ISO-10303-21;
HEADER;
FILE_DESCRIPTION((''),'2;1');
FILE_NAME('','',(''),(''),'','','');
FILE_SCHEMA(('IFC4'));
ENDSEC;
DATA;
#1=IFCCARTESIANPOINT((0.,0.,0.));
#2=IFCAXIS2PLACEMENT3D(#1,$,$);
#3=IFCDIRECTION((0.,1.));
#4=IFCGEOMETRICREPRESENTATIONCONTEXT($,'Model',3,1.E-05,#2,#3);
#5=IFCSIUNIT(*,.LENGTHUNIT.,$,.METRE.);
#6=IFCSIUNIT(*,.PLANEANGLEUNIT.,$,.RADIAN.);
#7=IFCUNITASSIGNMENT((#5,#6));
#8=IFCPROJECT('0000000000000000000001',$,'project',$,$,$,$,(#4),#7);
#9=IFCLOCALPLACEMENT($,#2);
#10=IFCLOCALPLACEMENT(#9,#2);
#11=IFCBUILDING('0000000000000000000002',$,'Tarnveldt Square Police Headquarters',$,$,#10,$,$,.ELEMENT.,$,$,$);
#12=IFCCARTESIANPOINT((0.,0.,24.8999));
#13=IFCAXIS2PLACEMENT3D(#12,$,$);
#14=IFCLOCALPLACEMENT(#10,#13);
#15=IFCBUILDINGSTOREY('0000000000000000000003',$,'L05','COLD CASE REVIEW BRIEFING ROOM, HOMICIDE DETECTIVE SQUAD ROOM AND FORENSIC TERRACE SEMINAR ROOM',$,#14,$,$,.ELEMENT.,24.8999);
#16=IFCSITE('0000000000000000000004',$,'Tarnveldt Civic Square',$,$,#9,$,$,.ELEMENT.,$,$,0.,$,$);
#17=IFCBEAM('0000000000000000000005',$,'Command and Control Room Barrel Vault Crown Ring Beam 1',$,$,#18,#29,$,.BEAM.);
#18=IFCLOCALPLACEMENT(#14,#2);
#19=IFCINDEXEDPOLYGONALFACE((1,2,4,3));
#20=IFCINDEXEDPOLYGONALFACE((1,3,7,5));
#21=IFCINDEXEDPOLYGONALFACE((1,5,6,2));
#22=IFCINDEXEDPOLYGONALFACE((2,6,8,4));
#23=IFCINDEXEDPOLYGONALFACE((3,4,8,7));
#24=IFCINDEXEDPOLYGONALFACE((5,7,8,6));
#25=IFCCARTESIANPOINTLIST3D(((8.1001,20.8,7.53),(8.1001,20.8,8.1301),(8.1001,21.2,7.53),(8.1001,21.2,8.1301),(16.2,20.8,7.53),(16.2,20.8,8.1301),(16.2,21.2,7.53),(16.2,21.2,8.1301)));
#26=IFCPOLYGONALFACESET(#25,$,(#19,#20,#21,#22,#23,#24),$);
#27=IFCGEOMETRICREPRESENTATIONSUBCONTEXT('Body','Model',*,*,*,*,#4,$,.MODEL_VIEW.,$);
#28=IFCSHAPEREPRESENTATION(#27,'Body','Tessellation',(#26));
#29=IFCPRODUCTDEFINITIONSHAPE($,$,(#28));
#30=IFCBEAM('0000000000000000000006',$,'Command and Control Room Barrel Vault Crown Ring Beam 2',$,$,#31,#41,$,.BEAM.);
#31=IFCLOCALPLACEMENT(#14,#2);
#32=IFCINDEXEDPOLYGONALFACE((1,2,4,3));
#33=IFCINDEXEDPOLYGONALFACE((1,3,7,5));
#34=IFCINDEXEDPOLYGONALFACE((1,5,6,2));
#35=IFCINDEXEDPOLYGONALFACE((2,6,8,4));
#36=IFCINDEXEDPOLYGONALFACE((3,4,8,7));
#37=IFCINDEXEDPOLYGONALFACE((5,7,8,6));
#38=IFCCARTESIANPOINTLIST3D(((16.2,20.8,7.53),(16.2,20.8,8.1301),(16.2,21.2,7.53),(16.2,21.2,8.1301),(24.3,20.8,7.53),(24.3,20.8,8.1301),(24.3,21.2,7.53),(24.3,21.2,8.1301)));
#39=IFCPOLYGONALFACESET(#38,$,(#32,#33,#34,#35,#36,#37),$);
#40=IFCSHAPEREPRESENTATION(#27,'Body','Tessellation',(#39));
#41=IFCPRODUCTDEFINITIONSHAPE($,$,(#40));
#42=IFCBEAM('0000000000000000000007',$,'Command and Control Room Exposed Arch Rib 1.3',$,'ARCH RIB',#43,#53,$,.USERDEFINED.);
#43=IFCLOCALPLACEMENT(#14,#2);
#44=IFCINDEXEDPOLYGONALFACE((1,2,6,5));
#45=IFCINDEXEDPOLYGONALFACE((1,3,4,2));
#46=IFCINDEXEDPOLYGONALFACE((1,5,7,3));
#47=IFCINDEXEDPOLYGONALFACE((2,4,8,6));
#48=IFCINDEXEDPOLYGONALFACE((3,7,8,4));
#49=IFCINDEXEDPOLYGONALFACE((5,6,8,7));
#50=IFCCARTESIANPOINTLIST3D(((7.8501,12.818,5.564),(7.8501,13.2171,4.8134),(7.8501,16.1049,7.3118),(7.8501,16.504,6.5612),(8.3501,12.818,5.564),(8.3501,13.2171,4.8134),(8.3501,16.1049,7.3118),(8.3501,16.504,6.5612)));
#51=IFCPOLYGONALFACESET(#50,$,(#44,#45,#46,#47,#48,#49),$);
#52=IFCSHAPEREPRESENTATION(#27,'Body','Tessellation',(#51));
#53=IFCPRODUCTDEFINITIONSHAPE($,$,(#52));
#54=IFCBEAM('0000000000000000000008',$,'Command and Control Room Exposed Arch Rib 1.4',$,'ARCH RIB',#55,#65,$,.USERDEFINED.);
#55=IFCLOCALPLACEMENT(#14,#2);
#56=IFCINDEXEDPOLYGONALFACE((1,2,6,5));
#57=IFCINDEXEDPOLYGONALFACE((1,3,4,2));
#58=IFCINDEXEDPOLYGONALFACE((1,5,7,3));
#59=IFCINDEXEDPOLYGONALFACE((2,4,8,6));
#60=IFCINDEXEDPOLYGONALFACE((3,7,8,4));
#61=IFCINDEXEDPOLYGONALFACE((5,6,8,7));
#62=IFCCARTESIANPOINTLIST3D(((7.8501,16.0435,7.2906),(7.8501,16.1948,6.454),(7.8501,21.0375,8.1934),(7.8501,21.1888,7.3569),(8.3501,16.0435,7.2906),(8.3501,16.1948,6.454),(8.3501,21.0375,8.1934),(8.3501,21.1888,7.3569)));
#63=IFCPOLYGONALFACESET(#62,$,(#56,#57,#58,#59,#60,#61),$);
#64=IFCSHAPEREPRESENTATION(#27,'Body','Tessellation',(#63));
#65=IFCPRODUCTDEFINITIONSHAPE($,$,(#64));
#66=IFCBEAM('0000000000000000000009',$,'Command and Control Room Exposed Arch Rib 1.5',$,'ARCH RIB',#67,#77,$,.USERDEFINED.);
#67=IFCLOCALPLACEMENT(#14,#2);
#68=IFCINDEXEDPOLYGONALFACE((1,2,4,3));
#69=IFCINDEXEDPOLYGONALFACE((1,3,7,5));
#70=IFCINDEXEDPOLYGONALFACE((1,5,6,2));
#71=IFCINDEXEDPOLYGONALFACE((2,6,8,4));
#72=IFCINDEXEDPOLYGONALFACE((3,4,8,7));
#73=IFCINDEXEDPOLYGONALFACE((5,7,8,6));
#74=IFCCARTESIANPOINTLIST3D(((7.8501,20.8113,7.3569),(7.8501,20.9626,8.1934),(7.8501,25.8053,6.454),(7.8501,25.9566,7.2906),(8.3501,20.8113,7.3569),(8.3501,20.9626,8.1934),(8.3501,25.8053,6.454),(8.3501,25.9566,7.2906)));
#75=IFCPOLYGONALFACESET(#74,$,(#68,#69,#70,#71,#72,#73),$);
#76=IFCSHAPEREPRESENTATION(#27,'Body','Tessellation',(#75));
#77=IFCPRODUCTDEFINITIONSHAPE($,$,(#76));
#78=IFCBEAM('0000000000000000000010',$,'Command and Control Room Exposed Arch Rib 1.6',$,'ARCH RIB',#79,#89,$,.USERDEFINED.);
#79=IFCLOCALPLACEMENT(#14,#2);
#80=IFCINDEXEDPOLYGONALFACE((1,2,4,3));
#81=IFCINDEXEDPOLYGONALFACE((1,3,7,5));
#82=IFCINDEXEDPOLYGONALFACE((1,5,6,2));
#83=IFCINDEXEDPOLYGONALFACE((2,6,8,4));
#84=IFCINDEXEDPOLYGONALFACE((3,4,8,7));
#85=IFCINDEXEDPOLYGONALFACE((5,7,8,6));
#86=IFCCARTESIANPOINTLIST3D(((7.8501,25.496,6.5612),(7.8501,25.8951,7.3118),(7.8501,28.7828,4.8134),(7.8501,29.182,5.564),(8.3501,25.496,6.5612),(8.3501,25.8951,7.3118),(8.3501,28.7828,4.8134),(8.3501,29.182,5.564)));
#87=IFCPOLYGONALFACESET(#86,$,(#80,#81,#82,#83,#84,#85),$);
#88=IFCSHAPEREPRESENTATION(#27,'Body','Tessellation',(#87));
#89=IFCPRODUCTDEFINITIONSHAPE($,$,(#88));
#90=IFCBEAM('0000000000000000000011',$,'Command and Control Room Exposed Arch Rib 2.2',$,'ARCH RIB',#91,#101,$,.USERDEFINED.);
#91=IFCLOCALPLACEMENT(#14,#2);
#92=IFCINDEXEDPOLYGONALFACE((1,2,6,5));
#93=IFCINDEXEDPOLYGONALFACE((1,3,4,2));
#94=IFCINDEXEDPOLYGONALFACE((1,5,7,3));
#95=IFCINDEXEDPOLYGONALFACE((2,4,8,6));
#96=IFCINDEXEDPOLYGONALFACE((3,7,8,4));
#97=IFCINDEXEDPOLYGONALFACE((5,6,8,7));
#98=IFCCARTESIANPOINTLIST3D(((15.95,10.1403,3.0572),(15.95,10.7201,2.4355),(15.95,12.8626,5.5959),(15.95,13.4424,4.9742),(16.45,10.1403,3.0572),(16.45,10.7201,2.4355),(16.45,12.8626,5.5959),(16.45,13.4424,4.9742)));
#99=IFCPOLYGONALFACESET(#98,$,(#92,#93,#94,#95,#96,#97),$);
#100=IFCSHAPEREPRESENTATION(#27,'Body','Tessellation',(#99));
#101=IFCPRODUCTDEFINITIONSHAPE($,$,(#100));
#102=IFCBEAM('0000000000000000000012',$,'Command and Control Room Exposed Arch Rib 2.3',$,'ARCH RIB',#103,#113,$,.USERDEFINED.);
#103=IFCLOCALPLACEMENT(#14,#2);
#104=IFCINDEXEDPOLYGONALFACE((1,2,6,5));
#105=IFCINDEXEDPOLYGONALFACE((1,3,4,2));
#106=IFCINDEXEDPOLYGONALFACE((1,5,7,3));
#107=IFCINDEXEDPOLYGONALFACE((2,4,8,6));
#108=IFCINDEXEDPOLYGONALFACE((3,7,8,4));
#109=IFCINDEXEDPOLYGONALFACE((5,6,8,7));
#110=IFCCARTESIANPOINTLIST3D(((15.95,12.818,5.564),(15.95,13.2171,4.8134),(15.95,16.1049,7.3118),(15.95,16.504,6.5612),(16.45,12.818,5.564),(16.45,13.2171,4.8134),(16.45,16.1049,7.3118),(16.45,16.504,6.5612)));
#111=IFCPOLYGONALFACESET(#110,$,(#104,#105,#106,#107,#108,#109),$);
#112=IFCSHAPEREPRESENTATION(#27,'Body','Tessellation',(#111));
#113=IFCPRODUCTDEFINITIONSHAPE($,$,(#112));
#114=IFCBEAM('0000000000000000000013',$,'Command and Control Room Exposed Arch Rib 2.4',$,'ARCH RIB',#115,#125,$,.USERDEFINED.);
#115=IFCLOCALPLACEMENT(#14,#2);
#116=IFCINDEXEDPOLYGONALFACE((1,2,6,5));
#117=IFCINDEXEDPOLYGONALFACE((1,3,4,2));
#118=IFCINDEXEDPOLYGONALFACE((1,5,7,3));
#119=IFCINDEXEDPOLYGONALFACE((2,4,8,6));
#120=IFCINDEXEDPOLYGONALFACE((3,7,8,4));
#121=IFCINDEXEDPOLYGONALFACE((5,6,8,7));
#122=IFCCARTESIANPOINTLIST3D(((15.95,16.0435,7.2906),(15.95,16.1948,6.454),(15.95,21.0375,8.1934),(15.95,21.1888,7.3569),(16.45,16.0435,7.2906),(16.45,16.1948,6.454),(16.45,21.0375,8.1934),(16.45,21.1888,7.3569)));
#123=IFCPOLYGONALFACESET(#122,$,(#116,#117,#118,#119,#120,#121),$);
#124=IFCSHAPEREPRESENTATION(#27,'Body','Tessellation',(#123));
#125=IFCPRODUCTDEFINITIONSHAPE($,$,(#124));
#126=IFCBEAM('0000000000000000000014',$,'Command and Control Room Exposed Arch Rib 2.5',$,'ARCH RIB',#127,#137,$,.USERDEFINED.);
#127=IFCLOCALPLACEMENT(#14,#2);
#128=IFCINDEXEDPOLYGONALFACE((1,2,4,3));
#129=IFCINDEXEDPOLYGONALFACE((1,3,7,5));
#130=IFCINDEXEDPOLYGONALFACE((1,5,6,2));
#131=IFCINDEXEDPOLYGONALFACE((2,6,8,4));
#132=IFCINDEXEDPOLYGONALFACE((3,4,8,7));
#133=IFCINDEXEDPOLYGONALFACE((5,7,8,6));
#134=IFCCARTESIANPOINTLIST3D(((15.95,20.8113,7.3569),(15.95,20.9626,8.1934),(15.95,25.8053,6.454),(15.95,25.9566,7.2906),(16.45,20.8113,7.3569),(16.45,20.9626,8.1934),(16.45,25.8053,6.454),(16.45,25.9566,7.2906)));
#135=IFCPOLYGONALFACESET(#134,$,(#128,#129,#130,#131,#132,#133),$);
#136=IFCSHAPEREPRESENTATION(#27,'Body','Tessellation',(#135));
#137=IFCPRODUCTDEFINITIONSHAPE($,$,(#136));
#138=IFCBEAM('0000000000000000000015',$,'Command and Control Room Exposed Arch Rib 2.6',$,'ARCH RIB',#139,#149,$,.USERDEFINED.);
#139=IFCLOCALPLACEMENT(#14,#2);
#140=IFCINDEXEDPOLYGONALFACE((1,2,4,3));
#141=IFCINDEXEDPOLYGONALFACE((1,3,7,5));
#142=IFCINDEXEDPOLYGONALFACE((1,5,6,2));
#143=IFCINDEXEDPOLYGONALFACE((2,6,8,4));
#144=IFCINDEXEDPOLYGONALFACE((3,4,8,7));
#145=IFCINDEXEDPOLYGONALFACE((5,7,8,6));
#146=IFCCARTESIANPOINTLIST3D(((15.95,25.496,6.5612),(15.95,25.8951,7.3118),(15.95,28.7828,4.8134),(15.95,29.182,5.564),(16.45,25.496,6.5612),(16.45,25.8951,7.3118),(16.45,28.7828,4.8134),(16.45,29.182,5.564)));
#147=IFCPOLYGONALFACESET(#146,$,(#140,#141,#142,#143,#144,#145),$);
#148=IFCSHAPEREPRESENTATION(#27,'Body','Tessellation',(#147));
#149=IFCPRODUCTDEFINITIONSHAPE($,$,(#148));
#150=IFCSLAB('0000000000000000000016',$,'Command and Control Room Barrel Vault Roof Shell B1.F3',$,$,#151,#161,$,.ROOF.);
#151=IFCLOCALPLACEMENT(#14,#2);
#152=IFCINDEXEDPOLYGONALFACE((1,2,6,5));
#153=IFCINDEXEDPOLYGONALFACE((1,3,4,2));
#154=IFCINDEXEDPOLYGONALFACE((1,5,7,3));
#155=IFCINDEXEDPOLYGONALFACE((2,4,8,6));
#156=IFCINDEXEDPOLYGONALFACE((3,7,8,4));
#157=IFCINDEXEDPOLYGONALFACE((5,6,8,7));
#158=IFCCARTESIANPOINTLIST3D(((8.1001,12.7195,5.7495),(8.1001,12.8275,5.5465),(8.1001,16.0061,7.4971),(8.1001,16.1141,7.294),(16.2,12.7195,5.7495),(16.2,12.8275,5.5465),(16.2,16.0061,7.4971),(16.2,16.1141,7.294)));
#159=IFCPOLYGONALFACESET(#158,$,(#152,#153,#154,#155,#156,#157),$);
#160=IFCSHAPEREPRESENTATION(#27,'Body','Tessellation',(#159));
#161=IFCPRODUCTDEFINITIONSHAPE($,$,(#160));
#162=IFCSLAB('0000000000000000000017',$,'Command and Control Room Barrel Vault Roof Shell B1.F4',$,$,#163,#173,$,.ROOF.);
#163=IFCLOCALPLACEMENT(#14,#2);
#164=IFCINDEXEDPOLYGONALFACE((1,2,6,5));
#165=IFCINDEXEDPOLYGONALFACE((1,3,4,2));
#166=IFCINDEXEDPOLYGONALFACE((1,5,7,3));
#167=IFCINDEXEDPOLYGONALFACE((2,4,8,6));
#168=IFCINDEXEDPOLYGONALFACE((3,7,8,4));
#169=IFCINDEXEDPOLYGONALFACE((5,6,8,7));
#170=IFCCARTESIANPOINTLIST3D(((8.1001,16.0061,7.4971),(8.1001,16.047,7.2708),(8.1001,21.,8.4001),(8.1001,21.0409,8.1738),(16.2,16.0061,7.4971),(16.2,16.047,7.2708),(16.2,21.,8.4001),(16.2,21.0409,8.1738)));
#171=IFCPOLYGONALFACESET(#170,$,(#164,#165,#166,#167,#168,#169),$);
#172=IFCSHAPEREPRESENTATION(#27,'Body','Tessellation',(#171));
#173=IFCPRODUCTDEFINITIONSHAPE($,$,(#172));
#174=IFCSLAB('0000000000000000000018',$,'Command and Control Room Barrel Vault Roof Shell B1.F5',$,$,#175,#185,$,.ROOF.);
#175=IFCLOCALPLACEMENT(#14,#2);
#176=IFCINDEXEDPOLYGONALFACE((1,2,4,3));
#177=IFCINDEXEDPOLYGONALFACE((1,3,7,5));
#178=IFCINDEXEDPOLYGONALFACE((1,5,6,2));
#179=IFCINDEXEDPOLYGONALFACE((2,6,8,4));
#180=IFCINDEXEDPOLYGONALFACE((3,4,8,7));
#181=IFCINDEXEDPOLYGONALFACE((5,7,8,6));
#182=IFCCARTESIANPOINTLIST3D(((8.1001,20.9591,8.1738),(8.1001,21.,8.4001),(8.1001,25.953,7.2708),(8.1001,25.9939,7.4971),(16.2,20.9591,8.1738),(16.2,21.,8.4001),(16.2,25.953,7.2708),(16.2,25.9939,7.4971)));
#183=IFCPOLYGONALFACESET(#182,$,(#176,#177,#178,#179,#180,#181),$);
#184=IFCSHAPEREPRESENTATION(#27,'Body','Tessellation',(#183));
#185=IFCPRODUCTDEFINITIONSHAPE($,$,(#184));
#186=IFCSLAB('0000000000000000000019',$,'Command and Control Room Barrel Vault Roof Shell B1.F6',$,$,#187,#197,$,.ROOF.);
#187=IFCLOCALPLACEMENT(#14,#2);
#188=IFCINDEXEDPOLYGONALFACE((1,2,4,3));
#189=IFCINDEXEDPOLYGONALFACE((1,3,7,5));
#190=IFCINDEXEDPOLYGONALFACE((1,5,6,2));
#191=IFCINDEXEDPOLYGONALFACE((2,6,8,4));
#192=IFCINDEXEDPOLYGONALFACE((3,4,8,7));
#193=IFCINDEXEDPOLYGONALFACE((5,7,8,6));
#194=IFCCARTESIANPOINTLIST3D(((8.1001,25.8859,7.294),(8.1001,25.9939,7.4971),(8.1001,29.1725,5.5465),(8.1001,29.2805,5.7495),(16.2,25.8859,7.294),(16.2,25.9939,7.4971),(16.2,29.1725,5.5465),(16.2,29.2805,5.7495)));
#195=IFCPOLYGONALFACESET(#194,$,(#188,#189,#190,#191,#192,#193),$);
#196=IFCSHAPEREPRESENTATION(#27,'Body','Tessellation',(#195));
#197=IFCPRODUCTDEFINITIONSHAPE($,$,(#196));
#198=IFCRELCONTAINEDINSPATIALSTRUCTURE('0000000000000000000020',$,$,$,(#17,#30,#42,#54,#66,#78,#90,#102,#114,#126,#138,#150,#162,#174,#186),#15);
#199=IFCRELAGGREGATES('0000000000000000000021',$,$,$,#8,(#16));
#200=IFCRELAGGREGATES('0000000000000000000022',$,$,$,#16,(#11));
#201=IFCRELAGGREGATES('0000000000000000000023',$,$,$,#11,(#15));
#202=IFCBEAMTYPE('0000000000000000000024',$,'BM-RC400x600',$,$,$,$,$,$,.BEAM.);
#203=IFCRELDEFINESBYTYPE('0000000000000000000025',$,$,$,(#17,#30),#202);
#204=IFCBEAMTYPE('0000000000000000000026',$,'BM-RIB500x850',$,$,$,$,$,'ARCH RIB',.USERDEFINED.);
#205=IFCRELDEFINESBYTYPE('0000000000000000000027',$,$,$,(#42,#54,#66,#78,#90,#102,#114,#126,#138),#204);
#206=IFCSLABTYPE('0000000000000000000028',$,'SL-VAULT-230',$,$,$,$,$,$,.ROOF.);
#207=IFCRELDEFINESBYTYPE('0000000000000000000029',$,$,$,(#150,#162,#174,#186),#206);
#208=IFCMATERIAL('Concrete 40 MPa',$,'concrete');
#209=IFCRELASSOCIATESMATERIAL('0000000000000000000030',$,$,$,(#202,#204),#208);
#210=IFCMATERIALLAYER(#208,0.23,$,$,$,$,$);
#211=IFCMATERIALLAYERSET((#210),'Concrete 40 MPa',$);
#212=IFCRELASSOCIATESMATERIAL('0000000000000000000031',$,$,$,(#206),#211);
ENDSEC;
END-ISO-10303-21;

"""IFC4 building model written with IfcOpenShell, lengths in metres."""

from ifc_helpers import new_model, si_unit, direction, frame, origin, origin_2d, place, context, subcontext, project, spatial, polyline, rectangle, outline, extrude, material, layer, layer_set, material_profile, profile_set, type_object, element, save


model = new_model("IFC4")

# Units and contexts
model_context = context("Model", 3, precision=1e-05, world=origin(), true_north=direction((0.0, 1.0)))
body_context = subcontext(model_context, "Body", "Model", "MODEL_VIEW")
ifc_project = project(units=[si_unit("LENGTHUNIT", "METRE"), si_unit("PLANEANGLEUNIT", "RADIAN")], contexts=[model_context])

# Site, building, storey
site_placement = place(None, origin())
site = spatial("IfcSite", under=ifc_project, at=site_placement, Name="Tarnveldt Civic Square", CompositionType="ELEMENT", RefElevation=0.0)
building_placement = place(site_placement, origin())
building = spatial("IfcBuilding", under=site, at=building_placement, Name="Tarnveldt Square Police Headquarters", CompositionType="ELEMENT")
storey_placement = place(building_placement, frame((0.0, 0.0, 24.8999)))
storey = spatial("IfcBuildingStorey", under=building, at=storey_placement, Name="L05", Description="COLD CASE REVIEW BRIEFING ROOM, HOMICIDE DETECTIVE SQUAD ROOM AND FORENSIC TERRACE SEMINAR ROOM", CompositionType="ELEMENT", Elevation=24.8999)

# Beams
ifc_material = material(Name="Concrete 40 MPa", Category="concrete")
ifc_material_profile_1 = material_profile(ifc_material, rectangle(XDim=0.3999, YDim=0.6001, at=origin_2d()), Name="RC-B400x600")
ifc_profile_set_1 = profile_set([ifc_material_profile_1], Name="Concrete 40 MPa")
beam_type_1 = type_object("IfcBeamType", Name="BM-RC400x600", PredefinedType="BEAM", material=ifc_profile_set_1)
beam_1_placement = place(storey_placement, frame((8.1001, 21.0, 7.8301), z_axis=(1.0, 0.0, 0.0), x_axis=(0.0, 1.0, 0.0)))
element("IfcBeam", 1, at=beam_1_placement, inside=storey, type_object=beam_type_1, Name="Command and Control Room Barrel Vault Crown Ring Beam 1", PredefinedType="BEAM", context=body_context, shape_type="SweptSolid", body=[
    extrude(rectangle(XDim=0.3999, YDim=0.6001, at=origin_2d()), origin(), (0.0, 0.0, 1.0), 8.0999),
])
beam_2_placement = place(storey_placement, frame((16.2, 21.0, 7.8301), z_axis=(1.0, 0.0, 0.0), x_axis=(0.0, 1.0, 0.0)))
element("IfcBeam", 2, at=beam_2_placement, inside=storey, type_object=beam_type_1, Name="Command and Control Room Barrel Vault Crown Ring Beam 2", PredefinedType="BEAM", context=body_context, shape_type="SweptSolid", body=[
    extrude(rectangle(XDim=0.3999, YDim=0.6001, at=origin_2d()), origin(), (0.0, 0.0, 1.0), 8.1001),
])
ifc_material_profile_2 = material_profile(ifc_material, rectangle(XDim=0.5, YDim=0.8501, at=origin_2d()), Name="RC-RIB500x850")
ifc_profile_set_2 = profile_set([ifc_material_profile_2], Name="Concrete 40 MPa")
beam_type_2 = type_object("IfcBeamType", Name="BM-RIB500x850", ElementType="ARCH RIB", PredefinedType="USERDEFINED", material=ifc_profile_set_2)
beam_3_placement = place(storey_placement, frame((8.1001, 13.0176, 5.1887), z_axis=(0.0, 0.882931, 0.469502), x_axis=(-1.0, 0.0, 0.0)))
element("IfcBeam", 3, at=beam_3_placement, inside=storey, type_object=beam_type_2, Name="Command and Control Room Exposed Arch Rib 1.3", ObjectType="ARCH RIB", PredefinedType="USERDEFINED", context=body_context, shape_type="SweptSolid", body=[
    extrude(rectangle(XDim=0.5, YDim=0.8501, at=origin_2d()), origin(), (0.0, 0.0, 1.0), 3.7227),
])
for number, where, z_axis, x_axis, name in (
    (4, (8.1001, 16.1191, 6.8723), (0.0, 0.984048, 0.177903), (-1.0, 0.0, 0.0), "Command and Control Room Exposed Arch Rib 1.4"),
    (5, (8.1001, 20.887, 7.7751), (0.0, 0.984048, -0.177903), (-1.0, 0.0, 0.0), "Command and Control Room Exposed Arch Rib 1.5"),
):
    element("IfcBeam", number, at=place(storey_placement, frame(where, z_axis=z_axis, x_axis=x_axis)), inside=storey, type_object=beam_type_2, Name=name, ObjectType="ARCH RIB", PredefinedType="USERDEFINED", context=body_context, shape_type="SweptSolid", body=[
        extrude(rectangle(XDim=0.5, YDim=0.8501, at=origin_2d()), origin(), (0.0, 0.0, 1.0), 5.075),
    ])
beam_4_placement = place(storey_placement, frame((8.1001, 25.6956, 6.9365), z_axis=(0.0, 0.882931, -0.469502), x_axis=(-1.0, 0.0, 0.0)))
element("IfcBeam", 6, at=beam_4_placement, inside=storey, type_object=beam_type_2, Name="Command and Control Room Exposed Arch Rib 1.6", ObjectType="ARCH RIB", PredefinedType="USERDEFINED", context=body_context, shape_type="SweptSolid", body=[
    extrude(rectangle(XDim=0.5, YDim=0.8501, at=origin_2d()), origin(), (0.0, 0.0, 1.0), 3.7227),
])
beam_5_placement = place(storey_placement, frame((16.2, 10.4302, 2.7463), z_axis=(0.0, 0.731337, 0.682017), x_axis=(-1.0, 0.0, 0.0)))
element("IfcBeam", 7, at=beam_5_placement, inside=storey, type_object=beam_type_2, Name="Command and Control Room Exposed Arch Rib 2.2", ObjectType="ARCH RIB", PredefinedType="USERDEFINED", context=body_context, shape_type="SweptSolid", body=[
    extrude(rectangle(XDim=0.5, YDim=0.8501, at=origin_2d()), origin(), (0.0, 0.0, 1.0), 3.7224),
])
beam_6_placement = place(storey_placement, frame((16.2, 13.0176, 5.1887), z_axis=(0.0, 0.882931, 0.469502), x_axis=(-1.0, 0.0, 0.0)))
element("IfcBeam", 8, at=beam_6_placement, inside=storey, type_object=beam_type_2, Name="Command and Control Room Exposed Arch Rib 2.3", ObjectType="ARCH RIB", PredefinedType="USERDEFINED", context=body_context, shape_type="SweptSolid", body=[
    extrude(rectangle(XDim=0.5, YDim=0.8501, at=origin_2d()), origin(), (0.0, 0.0, 1.0), 3.7227),
])
for number, where, z_axis, x_axis, name in (
    (9, (16.2, 16.1191, 6.8723), (0.0, 0.984048, 0.177903), (-1.0, 0.0, 0.0), "Command and Control Room Exposed Arch Rib 2.4"),
    (10, (16.2, 20.887, 7.7751), (0.0, 0.984048, -0.177903), (-1.0, 0.0, 0.0), "Command and Control Room Exposed Arch Rib 2.5"),
):
    element("IfcBeam", number, at=place(storey_placement, frame(where, z_axis=z_axis, x_axis=x_axis)), inside=storey, type_object=beam_type_2, Name=name, ObjectType="ARCH RIB", PredefinedType="USERDEFINED", context=body_context, shape_type="SweptSolid", body=[
        extrude(rectangle(XDim=0.5, YDim=0.8501, at=origin_2d()), origin(), (0.0, 0.0, 1.0), 5.075),
    ])
beam_7_placement = place(storey_placement, frame((16.2, 25.6956, 6.9365), z_axis=(0.0, 0.882931, -0.469502), x_axis=(-1.0, 0.0, 0.0)))
element("IfcBeam", 11, at=beam_7_placement, inside=storey, type_object=beam_type_2, Name="Command and Control Room Exposed Arch Rib 2.6", ObjectType="ARCH RIB", PredefinedType="USERDEFINED", context=body_context, shape_type="SweptSolid", body=[
    extrude(rectangle(XDim=0.5, YDim=0.8501, at=origin_2d()), origin(), (0.0, 0.0, 1.0), 3.7227),
])

# Slabs
ifc_layer = layer(ifc_material, 0.23)
ifc_layer_set = layer_set([ifc_layer], Name="Concrete 40 MPa")
slab_type = type_object("IfcSlabType", Name="SL-VAULT-230", PredefinedType="ROOF", material=ifc_layer_set)
slab_1_placement = place(storey_placement, frame((8.1001, 12.7195, 5.7495), z_axis=(0.0, -0.469478, 0.882944), x_axis=(1.0, 0.0, 0.0)))
element("IfcSlab", 12, at=slab_1_placement, inside=storey, type_object=slab_type, Name="Command and Control Room Barrel Vault Roof Shell B1.F3", PredefinedType="ROOF", context=body_context, shape_type="SweptSolid", body=[
    extrude(outline(polyline([(0.0, 0.0), (8.0999, 0.0), (8.0999, 3.7223), (0.0, 3.7223), (0.0, 0.0)])), origin(), (0.0, 0.0, -1.0), 0.23),
])
for number, where, z_axis, x_axis, name in (
    (13, (8.1001, 16.0061, 7.4971), (0.0, -0.17795, 0.98404), (1.0, 0.0, 0.0), "Command and Control Room Barrel Vault Roof Shell B1.F4"),
    (14, (8.1001, 21.0, 8.4001), (0.0, 0.17795, 0.98404), (1.0, 0.0, 0.0), "Command and Control Room Barrel Vault Roof Shell B1.F5"),
):
    element("IfcSlab", number, at=place(storey_placement, frame(where, z_axis=z_axis, x_axis=x_axis)), inside=storey, type_object=slab_type, Name=name, PredefinedType="ROOF", context=body_context, shape_type="SweptSolid", body=[
        extrude(outline(polyline([(0.0, 0.0), (8.0999, 0.0), (8.0999, 5.0749), (0.0, 5.0749), (0.0, 0.0)])), origin(), (0.0, 0.0, -1.0), 0.23),
    ])
slab_2_placement = place(storey_placement, frame((8.1001, 25.9939, 7.4971), z_axis=(0.0, 0.469478, 0.882944), x_axis=(1.0, 0.0, 0.0)))
element("IfcSlab", 15, at=slab_2_placement, inside=storey, type_object=slab_type, Name="Command and Control Room Barrel Vault Roof Shell B1.F6", PredefinedType="ROOF", context=body_context, shape_type="SweptSolid", body=[
    extrude(outline(polyline([(0.0, 0.0), (8.0999, 0.0), (8.0999, 3.7223), (0.0, 3.7223), (0.0, 0.0)])), origin(), (0.0, 0.0, -1.0), 0.23),
])

save(model, "model.ifc")
